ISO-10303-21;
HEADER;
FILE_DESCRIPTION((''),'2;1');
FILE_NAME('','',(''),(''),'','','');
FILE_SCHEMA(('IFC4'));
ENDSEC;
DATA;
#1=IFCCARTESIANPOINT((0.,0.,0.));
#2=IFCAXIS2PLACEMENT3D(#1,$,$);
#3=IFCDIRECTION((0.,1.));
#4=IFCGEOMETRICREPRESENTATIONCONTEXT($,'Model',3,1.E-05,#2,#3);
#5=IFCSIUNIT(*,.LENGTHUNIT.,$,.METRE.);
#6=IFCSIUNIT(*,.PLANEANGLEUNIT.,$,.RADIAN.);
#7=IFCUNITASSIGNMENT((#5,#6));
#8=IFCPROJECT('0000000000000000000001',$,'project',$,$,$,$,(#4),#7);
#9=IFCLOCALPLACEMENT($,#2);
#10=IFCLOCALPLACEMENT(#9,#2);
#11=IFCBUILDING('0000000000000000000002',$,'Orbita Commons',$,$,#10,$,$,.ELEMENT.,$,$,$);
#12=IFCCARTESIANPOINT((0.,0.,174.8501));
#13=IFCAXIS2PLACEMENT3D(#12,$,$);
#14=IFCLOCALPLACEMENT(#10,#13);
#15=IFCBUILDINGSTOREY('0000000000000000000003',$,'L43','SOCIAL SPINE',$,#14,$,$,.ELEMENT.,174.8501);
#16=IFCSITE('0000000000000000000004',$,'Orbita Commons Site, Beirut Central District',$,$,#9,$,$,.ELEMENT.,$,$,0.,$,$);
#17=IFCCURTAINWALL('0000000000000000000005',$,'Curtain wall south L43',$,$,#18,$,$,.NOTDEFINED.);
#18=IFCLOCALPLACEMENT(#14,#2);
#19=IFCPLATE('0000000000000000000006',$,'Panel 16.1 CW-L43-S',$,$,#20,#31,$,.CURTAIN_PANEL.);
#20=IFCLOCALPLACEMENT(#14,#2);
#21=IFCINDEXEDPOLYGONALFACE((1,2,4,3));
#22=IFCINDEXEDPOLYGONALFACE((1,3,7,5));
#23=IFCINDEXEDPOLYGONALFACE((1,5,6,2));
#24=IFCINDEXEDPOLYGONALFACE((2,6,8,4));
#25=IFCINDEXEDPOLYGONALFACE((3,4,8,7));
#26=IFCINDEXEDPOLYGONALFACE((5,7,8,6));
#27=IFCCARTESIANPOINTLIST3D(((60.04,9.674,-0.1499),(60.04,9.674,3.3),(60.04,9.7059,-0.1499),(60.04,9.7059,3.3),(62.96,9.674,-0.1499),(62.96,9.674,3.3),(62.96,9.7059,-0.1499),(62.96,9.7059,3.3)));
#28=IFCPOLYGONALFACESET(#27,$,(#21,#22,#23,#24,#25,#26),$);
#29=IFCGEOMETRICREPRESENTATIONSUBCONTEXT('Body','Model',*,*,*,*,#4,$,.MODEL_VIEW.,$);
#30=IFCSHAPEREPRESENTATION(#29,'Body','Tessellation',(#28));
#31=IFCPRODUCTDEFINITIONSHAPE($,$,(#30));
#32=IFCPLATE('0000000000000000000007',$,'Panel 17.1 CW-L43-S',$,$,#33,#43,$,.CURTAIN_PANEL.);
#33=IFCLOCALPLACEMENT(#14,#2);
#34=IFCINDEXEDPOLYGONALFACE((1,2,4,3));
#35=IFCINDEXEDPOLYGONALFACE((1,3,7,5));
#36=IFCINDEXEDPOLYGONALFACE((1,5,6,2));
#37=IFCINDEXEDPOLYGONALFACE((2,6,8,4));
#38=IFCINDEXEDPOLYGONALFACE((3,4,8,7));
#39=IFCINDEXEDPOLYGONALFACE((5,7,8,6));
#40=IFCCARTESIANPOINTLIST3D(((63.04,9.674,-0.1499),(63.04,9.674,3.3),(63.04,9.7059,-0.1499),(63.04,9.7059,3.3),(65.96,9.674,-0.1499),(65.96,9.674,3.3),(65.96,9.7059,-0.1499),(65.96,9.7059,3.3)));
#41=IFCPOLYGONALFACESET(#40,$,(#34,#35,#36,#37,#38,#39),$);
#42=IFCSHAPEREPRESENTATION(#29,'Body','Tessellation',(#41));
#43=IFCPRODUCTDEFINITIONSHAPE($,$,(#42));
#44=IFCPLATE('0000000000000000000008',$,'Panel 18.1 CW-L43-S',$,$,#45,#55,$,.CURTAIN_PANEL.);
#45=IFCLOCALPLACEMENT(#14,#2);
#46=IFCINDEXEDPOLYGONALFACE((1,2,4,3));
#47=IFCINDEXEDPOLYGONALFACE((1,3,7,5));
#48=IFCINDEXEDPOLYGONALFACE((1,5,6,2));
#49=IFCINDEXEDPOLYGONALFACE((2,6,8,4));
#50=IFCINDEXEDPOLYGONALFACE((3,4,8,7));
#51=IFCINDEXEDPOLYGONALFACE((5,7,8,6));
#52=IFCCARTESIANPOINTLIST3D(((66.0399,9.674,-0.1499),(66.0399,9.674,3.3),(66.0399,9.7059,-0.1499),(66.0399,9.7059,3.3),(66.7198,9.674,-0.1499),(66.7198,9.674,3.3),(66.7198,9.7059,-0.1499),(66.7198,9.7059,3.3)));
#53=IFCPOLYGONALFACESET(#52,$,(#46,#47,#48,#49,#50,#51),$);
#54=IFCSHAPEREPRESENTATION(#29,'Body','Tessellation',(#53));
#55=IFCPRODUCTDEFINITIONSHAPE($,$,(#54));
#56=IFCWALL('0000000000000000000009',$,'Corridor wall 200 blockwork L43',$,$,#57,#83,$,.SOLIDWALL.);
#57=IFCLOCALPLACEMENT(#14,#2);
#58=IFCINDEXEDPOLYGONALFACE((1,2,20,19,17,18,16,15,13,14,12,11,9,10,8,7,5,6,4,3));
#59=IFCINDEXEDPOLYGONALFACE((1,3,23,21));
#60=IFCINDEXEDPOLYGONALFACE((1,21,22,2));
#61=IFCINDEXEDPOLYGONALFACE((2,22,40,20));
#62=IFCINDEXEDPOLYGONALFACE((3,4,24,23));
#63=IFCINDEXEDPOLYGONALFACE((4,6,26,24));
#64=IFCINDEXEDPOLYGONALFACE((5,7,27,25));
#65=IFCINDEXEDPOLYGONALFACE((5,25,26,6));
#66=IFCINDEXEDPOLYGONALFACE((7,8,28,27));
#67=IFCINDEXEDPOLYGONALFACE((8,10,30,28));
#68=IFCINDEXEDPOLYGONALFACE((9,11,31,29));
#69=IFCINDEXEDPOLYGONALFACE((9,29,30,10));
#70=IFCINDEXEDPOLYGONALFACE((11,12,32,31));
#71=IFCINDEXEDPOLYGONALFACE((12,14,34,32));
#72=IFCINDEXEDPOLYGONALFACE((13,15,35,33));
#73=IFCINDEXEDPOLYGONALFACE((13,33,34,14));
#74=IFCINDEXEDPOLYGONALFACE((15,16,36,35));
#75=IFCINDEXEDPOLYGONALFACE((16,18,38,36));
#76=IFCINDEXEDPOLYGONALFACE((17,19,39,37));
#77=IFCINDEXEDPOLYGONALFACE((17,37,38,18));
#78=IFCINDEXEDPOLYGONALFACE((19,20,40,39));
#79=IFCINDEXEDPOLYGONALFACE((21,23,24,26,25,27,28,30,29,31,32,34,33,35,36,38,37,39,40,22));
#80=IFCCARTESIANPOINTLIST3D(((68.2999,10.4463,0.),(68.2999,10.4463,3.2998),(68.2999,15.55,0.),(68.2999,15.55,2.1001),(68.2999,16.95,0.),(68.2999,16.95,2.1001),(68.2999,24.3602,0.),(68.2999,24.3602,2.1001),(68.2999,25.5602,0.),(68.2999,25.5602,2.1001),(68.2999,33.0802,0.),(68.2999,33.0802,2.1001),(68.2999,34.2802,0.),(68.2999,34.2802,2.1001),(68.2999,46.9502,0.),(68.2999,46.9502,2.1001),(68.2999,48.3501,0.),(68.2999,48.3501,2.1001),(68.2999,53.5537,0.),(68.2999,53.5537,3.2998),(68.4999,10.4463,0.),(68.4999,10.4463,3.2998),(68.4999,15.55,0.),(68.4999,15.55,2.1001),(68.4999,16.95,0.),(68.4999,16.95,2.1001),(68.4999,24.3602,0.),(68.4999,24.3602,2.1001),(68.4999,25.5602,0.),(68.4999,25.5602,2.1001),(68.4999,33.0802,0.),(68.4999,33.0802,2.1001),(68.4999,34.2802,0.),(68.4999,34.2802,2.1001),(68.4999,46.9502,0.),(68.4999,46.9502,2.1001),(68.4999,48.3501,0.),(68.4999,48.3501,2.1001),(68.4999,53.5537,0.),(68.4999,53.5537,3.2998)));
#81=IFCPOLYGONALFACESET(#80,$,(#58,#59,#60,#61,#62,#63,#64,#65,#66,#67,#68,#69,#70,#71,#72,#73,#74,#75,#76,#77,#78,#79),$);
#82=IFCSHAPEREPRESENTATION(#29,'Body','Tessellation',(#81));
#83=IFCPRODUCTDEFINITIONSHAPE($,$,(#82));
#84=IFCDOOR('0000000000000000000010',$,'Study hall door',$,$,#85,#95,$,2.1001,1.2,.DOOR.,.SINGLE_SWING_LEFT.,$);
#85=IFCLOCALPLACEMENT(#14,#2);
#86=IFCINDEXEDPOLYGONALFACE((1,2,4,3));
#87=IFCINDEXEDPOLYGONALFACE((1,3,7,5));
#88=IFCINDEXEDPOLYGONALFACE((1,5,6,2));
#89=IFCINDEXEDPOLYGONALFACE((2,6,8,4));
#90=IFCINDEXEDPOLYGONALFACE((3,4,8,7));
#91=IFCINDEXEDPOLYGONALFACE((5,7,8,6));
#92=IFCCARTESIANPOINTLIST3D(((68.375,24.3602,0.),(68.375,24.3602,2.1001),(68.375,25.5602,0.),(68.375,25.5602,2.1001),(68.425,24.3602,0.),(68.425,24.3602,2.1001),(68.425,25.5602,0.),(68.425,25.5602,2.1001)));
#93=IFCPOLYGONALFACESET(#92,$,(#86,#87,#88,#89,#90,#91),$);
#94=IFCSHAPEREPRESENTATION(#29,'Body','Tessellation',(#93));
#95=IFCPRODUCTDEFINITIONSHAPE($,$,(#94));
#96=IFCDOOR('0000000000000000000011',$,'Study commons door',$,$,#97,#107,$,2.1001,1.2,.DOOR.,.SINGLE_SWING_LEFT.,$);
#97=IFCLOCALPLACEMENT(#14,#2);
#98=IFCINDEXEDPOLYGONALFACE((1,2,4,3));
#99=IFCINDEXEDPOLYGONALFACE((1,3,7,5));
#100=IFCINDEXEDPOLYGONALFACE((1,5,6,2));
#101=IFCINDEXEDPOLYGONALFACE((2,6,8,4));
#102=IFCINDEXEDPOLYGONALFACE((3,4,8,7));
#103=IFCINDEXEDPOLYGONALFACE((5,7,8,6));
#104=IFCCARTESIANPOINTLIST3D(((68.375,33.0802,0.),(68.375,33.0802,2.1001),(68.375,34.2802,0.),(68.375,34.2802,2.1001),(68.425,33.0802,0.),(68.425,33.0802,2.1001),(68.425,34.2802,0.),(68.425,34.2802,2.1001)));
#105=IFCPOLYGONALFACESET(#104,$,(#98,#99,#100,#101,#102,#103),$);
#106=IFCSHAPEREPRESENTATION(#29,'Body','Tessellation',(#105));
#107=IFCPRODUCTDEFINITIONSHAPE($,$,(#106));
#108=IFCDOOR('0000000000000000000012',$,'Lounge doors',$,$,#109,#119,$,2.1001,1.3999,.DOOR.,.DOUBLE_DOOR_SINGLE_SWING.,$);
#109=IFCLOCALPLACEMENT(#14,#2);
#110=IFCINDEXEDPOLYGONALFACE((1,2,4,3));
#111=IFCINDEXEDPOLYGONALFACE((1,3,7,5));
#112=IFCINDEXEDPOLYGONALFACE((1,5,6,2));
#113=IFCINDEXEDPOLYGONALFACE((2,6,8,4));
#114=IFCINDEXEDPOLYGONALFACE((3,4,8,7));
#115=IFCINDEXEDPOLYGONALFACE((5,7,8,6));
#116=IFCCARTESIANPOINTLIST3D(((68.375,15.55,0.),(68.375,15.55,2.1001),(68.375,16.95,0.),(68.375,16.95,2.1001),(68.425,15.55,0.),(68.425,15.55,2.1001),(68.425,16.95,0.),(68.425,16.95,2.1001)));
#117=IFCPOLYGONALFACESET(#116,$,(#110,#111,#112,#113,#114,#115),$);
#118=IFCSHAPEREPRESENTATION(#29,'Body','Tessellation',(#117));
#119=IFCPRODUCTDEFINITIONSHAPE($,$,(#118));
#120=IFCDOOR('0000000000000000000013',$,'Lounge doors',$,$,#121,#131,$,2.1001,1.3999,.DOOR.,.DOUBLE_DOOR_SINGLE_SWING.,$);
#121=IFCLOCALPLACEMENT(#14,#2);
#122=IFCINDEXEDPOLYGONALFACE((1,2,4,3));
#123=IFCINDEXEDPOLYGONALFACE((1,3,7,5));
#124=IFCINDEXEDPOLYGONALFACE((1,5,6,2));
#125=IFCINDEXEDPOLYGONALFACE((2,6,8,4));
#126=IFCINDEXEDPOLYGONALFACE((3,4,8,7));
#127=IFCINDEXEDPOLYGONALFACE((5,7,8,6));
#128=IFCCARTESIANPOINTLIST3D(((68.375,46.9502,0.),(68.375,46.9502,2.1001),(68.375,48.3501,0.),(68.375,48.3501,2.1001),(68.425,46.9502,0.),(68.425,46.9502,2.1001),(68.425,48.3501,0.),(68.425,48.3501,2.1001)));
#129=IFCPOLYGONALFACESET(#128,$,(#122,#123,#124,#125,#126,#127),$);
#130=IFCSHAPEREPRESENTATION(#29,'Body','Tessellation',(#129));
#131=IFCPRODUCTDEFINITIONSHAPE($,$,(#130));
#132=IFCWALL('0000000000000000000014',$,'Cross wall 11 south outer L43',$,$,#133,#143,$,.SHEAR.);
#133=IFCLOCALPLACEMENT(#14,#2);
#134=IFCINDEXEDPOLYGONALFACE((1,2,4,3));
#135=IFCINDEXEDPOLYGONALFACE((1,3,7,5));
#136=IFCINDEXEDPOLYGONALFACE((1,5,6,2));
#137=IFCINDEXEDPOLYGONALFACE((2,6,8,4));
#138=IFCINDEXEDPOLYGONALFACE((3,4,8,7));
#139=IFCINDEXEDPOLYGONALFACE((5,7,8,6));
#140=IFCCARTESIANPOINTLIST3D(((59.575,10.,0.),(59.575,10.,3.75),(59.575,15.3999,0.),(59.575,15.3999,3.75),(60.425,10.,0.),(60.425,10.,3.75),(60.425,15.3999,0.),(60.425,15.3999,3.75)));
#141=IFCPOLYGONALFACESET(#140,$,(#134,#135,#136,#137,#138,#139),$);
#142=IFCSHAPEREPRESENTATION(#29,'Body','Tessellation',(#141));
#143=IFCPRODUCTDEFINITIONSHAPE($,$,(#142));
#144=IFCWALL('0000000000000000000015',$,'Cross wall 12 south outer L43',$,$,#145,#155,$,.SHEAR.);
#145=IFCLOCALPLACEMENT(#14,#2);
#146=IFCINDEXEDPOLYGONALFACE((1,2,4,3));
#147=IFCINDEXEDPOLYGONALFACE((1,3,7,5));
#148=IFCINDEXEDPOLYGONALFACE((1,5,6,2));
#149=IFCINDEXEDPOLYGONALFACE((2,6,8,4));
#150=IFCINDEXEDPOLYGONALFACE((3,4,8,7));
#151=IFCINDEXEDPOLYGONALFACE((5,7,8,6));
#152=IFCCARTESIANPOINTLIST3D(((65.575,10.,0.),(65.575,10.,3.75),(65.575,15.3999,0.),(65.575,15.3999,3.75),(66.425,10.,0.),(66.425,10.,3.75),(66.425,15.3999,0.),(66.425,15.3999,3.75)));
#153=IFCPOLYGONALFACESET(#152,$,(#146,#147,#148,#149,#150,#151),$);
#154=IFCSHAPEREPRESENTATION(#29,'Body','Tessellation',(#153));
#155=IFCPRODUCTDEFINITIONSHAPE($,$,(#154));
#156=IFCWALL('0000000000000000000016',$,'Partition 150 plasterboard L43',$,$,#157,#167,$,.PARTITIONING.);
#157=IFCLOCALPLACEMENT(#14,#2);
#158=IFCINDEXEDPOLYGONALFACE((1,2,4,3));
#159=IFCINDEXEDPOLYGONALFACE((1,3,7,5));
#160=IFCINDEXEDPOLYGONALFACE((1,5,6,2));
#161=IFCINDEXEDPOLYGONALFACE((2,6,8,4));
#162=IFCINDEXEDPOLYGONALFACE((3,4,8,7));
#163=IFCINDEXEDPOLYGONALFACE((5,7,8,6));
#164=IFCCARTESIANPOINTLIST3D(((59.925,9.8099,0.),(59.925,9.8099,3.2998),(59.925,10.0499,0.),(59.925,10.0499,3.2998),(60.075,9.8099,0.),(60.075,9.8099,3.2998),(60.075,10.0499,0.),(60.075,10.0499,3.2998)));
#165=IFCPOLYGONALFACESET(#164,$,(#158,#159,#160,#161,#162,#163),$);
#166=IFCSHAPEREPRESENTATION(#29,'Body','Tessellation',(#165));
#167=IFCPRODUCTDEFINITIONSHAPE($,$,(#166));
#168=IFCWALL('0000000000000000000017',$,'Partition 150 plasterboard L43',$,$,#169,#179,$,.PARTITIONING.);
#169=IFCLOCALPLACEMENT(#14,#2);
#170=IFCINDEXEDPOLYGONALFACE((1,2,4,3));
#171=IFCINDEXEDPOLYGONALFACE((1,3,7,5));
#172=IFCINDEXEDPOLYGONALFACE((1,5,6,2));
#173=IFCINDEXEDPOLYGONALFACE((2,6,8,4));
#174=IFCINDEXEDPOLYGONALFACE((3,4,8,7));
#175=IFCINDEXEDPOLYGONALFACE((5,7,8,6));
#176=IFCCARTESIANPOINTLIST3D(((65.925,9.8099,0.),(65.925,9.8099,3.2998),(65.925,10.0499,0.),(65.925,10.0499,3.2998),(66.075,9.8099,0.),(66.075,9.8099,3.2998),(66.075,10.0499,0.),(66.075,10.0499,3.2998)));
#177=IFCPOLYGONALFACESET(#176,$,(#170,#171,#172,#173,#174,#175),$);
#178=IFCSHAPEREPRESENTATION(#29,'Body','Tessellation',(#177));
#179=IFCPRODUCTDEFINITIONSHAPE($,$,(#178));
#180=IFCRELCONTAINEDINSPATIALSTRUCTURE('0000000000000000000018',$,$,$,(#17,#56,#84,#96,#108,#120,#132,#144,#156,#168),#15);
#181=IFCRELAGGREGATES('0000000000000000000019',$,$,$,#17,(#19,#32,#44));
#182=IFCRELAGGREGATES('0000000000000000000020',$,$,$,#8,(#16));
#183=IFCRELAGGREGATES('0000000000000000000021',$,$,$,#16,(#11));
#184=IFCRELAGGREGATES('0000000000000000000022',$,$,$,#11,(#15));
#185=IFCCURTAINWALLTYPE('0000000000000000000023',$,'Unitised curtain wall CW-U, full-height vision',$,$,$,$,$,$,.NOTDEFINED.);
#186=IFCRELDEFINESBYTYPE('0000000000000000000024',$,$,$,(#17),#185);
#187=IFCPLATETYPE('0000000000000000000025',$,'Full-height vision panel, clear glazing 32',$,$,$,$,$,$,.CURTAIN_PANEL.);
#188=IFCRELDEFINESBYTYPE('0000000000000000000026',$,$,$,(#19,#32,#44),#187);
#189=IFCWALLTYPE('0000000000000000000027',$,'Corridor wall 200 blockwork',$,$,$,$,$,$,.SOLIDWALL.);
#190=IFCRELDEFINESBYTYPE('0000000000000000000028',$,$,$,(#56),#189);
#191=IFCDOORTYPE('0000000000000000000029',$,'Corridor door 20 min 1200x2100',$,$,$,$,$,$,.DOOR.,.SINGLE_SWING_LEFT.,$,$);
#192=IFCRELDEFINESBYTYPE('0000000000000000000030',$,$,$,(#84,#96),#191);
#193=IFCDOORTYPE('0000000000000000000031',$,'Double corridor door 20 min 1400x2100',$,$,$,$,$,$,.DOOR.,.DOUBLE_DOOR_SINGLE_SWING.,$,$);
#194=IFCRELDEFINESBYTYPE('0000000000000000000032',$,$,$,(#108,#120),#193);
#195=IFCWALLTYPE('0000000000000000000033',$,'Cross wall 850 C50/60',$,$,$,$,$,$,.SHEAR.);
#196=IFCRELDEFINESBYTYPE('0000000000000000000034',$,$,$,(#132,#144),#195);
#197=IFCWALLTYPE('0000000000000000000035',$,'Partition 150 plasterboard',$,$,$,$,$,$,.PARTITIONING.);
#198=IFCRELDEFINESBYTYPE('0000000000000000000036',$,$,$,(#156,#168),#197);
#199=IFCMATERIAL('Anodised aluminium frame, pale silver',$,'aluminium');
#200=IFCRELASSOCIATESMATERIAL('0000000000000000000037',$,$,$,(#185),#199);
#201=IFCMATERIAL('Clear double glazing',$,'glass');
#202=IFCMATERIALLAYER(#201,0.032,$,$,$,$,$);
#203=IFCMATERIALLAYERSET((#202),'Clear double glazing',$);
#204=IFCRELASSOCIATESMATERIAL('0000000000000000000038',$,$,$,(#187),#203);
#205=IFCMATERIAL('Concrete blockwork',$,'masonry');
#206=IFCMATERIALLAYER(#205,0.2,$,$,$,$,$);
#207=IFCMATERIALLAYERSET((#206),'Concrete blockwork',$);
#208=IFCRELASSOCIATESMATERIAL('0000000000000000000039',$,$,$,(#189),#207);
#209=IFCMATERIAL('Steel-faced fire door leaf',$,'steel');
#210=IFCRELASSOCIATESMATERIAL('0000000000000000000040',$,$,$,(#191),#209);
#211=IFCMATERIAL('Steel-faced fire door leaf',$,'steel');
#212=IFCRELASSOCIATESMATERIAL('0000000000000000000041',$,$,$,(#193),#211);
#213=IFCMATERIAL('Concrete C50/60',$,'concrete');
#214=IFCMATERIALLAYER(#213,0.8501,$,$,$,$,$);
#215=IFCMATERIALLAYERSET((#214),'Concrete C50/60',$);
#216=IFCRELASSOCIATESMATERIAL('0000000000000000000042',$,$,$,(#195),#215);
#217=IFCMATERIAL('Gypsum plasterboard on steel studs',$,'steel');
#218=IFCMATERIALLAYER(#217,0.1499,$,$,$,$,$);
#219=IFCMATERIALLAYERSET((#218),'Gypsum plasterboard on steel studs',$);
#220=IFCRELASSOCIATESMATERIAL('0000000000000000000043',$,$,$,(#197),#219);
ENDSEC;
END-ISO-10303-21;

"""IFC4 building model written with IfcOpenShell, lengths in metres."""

from ifc_helpers import new_model, si_unit, direction, frame, frame_2d, origin, origin_2d, place, context, subcontext, project, spatial, rectangle, extrude, material, layer, layer_set, type_object, element, fill, aggregate, save


model = new_model("IFC4")

# Units and contexts
model_context = context("Model", 3, precision=1e-05, world=origin(), true_north=direction((0.0, 1.0)))
body_context = subcontext(model_context, "Body", "Model", "MODEL_VIEW")
ifc_project = project(units=[si_unit("LENGTHUNIT", "METRE"), si_unit("PLANEANGLEUNIT", "RADIAN")], contexts=[model_context])

# Site, building, storey
site_placement = place(None, origin())
site = spatial("IfcSite", under=ifc_project, at=site_placement, Name="Orbita Commons Site, Beirut Central District", CompositionType="ELEMENT", RefElevation=0.0)
building_placement = place(site_placement, origin())
building = spatial("IfcBuilding", under=site, at=building_placement, Name="Orbita Commons", CompositionType="ELEMENT")
storey_placement = place(building_placement, frame((0.0, 0.0, 174.8501)))
storey = spatial("IfcBuildingStorey", under=building, at=storey_placement, Name="L43", Description="SOCIAL SPINE", CompositionType="ELEMENT", Elevation=174.8501)

# Curtain wall
ifc_material_1 = material(Name="Anodised aluminium frame, pale silver", Category="aluminium")
curtain_wall_type = type_object("IfcCurtainWallType", Name="Unitised curtain wall CW-U, full-height vision", PredefinedType="NOTDEFINED", material=ifc_material_1)
curtain_wall_placement = place(storey_placement, origin())
curtain_wall = element("IfcCurtainWall", 1, at=curtain_wall_placement, inside=storey, type_object=curtain_wall_type, Name="Curtain wall south L43", PredefinedType="NOTDEFINED")

# Plates
ifc_material_2 = material(Name="Clear double glazing", Category="glass")
ifc_layer_1 = layer(ifc_material_2, 0.032)
ifc_layer_set_1 = layer_set([ifc_layer_1], Name="Clear double glazing")
plate_type = type_object("IfcPlateType", Name="Full-height vision panel, clear glazing 32", PredefinedType="CURTAIN_PANEL", material=ifc_layer_set_1)
plate_1_placement = place(storey_placement, frame((61.5, 9.6899, -0.1499), z_axis=(0.0, 0.0, 1.0), x_axis=(1.0, 0.0, 0.0)))
plate_1 = element("IfcPlate", 2, at=plate_1_placement, type_object=plate_type, Name="Panel 16.1 CW-L43-S", PredefinedType="CURTAIN_PANEL", context=body_context, shape_type="SweptSolid", body=[
    extrude(rectangle(XDim=2.9199, YDim=0.032, at=origin_2d()), origin(), (0.0, 0.0, 1.0), 3.45),
])
plate_2_placement = place(storey_placement, frame((64.5, 9.6899, -0.1499), z_axis=(0.0, 0.0, 1.0), x_axis=(1.0, 0.0, 0.0)))
plate_2 = element("IfcPlate", 3, at=plate_2_placement, type_object=plate_type, Name="Panel 17.1 CW-L43-S", PredefinedType="CURTAIN_PANEL", context=body_context, shape_type="SweptSolid", body=[
    extrude(rectangle(XDim=2.9199, YDim=0.032, at=origin_2d()), origin(), (0.0, 0.0, 1.0), 3.45),
])
plate_3_placement = place(storey_placement, frame((66.3799, 9.6899, -0.1499), z_axis=(0.0, 0.0, 1.0), x_axis=(1.0, 0.0, 0.0)))
plate_3 = element("IfcPlate", 4, at=plate_3_placement, type_object=plate_type, Name="Panel 18.1 CW-L43-S", PredefinedType="CURTAIN_PANEL", context=body_context, shape_type="SweptSolid", body=[
    extrude(rectangle(XDim=0.6799, YDim=0.032, at=origin_2d()), origin(), (0.0, 0.0, 1.0), 3.45),
])
aggregate(curtain_wall, [plate_1, plate_2, plate_3])

# Wall, openings, doors
ifc_material_3 = material(Name="Concrete blockwork", Category="masonry")
ifc_layer_2 = layer(ifc_material_3, 0.2)
ifc_layer_set_2 = layer_set([ifc_layer_2], Name="Concrete blockwork")
wall_type_1 = type_object("IfcWallType", Name="Corridor wall 200 blockwork", PredefinedType="SOLIDWALL", material=ifc_layer_set_2)
wall_1_placement = place(storey_placement, frame((68.3999, 10.4463, 0.0), z_axis=(0.0, 0.0, 1.0), x_axis=(0.0, 1.0, 0.0)))
wall_1 = element("IfcWall", 5, at=wall_1_placement, inside=storey, type_object=wall_type_1, Name="Corridor wall 200 blockwork L43", PredefinedType="SOLIDWALL", context=body_context, shape_type="SweptSolid", body=[
    extrude(rectangle(XDim=43.1074, YDim=0.2, at=frame_2d((21.5537, 0.0))), origin(), (0.0, 0.0, 1.0), 3.2998),
])
opening_1_placement = place(wall_1_placement, frame((13.9138, 0.0, 0.0)))
opening_1 = element("IfcOpeningElement", 6, at=opening_1_placement, cuts=wall_1, PredefinedType="OPENING", context=body_context, shape_type="SweptSolid", body=[
    extrude(rectangle(XDim=1.2, YDim=2.1001, at=frame_2d((0.6001, 1.05))), frame((0.0, 0.1099, 0.0), z_axis=(0.0, -1.0, 0.0), x_axis=(1.0, 0.0, 0.0)), (0.0, 0.0, 1.0), 0.22),
])
opening_2_placement = place(wall_1_placement, frame((22.6338, 0.0, 0.0)))
opening_2 = element("IfcOpeningElement", 7, at=opening_2_placement, cuts=wall_1, PredefinedType="OPENING", context=body_context, shape_type="SweptSolid", body=[
    extrude(rectangle(XDim=1.2, YDim=2.1001, at=frame_2d((0.6001, 1.05))), frame((0.0, 0.1099, 0.0), z_axis=(0.0, -1.0, 0.0), x_axis=(1.0, 0.0, 0.0)), (0.0, 0.0, 1.0), 0.22),
])
opening_3_placement = place(wall_1_placement, frame((5.1038, 0.0, 0.0)))
opening_3 = element("IfcOpeningElement", 8, at=opening_3_placement, cuts=wall_1, PredefinedType="OPENING", context=body_context, shape_type="SweptSolid", body=[
    extrude(rectangle(XDim=1.3999, YDim=2.1001, at=frame_2d((0.7, 1.05))), frame((0.0, 0.1099, 0.0), z_axis=(0.0, -1.0, 0.0), x_axis=(1.0, 0.0, 0.0)), (0.0, 0.0, 1.0), 0.22),
])
opening_4_placement = place(wall_1_placement, frame((36.5039, 0.0, 0.0)))
opening_4 = element("IfcOpeningElement", 9, at=opening_4_placement, cuts=wall_1, PredefinedType="OPENING", context=body_context, shape_type="SweptSolid", body=[
    extrude(rectangle(XDim=1.3999, YDim=2.1001, at=frame_2d((0.7, 1.05))), frame((0.0, 0.1099, 0.0), z_axis=(0.0, -1.0, 0.0), x_axis=(1.0, 0.0, 0.0)), (0.0, 0.0, 1.0), 0.22),
])
ifc_material_4 = material(Name="Steel-faced fire door leaf", Category="steel")
door_type_1 = type_object("IfcDoorType", Name="Corridor door 20 min 1200x2100", OperationType="SINGLE_SWING_LEFT", PredefinedType="DOOR", material=ifc_material_4)
door_1_placement = place(opening_1_placement, origin())
door_1 = element("IfcDoor", 10, at=door_1_placement, inside=storey, type_object=door_type_1, Name="Study hall door", OperationType="SINGLE_SWING_LEFT", OverallHeight=2.1001, OverallWidth=1.2, PredefinedType="DOOR", context=body_context, shape_type="SweptSolid", body=[
    extrude(rectangle(XDim=1.2, YDim=2.1001, at=frame_2d((0.6001, 1.05))), frame((0.0, 0.0249, 0.0), z_axis=(0.0, -1.0, 0.0), x_axis=(1.0, 0.0, 0.0)), (0.0, 0.0, 1.0), 0.05),
])
fill(opening_1, door_1)
door_2_placement = place(opening_2_placement, origin())
door_2 = element("IfcDoor", 11, at=door_2_placement, inside=storey, type_object=door_type_1, Name="Study commons door", OperationType="SINGLE_SWING_LEFT", OverallHeight=2.1001, OverallWidth=1.2, PredefinedType="DOOR", context=body_context, shape_type="SweptSolid", body=[
    extrude(rectangle(XDim=1.2, YDim=2.1001, at=frame_2d((0.6001, 1.05))), frame((0.0, 0.0249, 0.0), z_axis=(0.0, -1.0, 0.0), x_axis=(1.0, 0.0, 0.0)), (0.0, 0.0, 1.0), 0.05),
])
fill(opening_2, door_2)
ifc_material_5 = material(Name="Steel-faced fire door leaf", Category="steel")
door_type_2 = type_object("IfcDoorType", Name="Double corridor door 20 min 1400x2100", OperationType="DOUBLE_DOOR_SINGLE_SWING", PredefinedType="DOOR", material=ifc_material_5)
door_3_placement = place(opening_3_placement, origin())
door_3 = element("IfcDoor", 12, at=door_3_placement, inside=storey, type_object=door_type_2, Name="Lounge doors", OperationType="DOUBLE_DOOR_SINGLE_SWING", OverallHeight=2.1001, OverallWidth=1.3999, PredefinedType="DOOR", context=body_context, shape_type="SweptSolid", body=[
    extrude(rectangle(XDim=1.3999, YDim=2.1001, at=frame_2d((0.7, 1.05))), frame((0.0, 0.0249, 0.0), z_axis=(0.0, -1.0, 0.0), x_axis=(1.0, 0.0, 0.0)), (0.0, 0.0, 1.0), 0.05),
])
fill(opening_3, door_3)
door_4_placement = place(opening_4_placement, origin())
door_4 = element("IfcDoor", 13, at=door_4_placement, inside=storey, type_object=door_type_2, Name="Lounge doors", OperationType="DOUBLE_DOOR_SINGLE_SWING", OverallHeight=2.1001, OverallWidth=1.3999, PredefinedType="DOOR", context=body_context, shape_type="SweptSolid", body=[
    extrude(rectangle(XDim=1.3999, YDim=2.1001, at=frame_2d((0.7, 1.05))), frame((0.0, 0.0249, 0.0), z_axis=(0.0, -1.0, 0.0), x_axis=(1.0, 0.0, 0.0)), (0.0, 0.0, 1.0), 0.05),
])
fill(opening_4, door_4)

# Walls
ifc_material_6 = material(Name="Concrete C50/60", Category="concrete")
ifc_layer_3 = layer(ifc_material_6, 0.8501)
ifc_layer_set_3 = layer_set([ifc_layer_3], Name="Concrete C50/60")
wall_type_2 = type_object("IfcWallType", Name="Cross wall 850 C50/60", PredefinedType="SHEAR", material=ifc_layer_set_3)
for number, where, z_axis, x_axis, name in (
    (14, (60.0, 10.0, 0.0), (0.0, 0.0, 1.0), (0.0, 1.0, 0.0), "Cross wall 11 south outer L43"),
    (15, (66.0, 10.0, 0.0), (0.0, 0.0, 1.0), (0.0, 1.0, 0.0), "Cross wall 12 south outer L43"),
):
    element("IfcWall", number, at=place(storey_placement, frame(where, z_axis=z_axis, x_axis=x_axis)), inside=storey, type_object=wall_type_2, Name=name, PredefinedType="SHEAR", context=body_context, shape_type="SweptSolid", body=[
        extrude(rectangle(XDim=5.3999, YDim=0.8501, at=frame_2d((2.7, 0.0))), origin(), (0.0, 0.0, 1.0), 3.75),
    ])
ifc_material_7 = material(Name="Gypsum plasterboard on steel studs", Category="steel")
ifc_layer_4 = layer(ifc_material_7, 0.1499)
ifc_layer_set_4 = layer_set([ifc_layer_4], Name="Gypsum plasterboard on steel studs")
wall_type_3 = type_object("IfcWallType", Name="Partition 150 plasterboard", PredefinedType="PARTITIONING", material=ifc_layer_set_4)
for number, where, z_axis, x_axis, name in (
    (16, (60.0, 10.05, 0.0), (0.0, 0.0, 1.0), (0.0, -1.0, 0.0), "Partition 150 plasterboard L43"),
    (17, (66.0, 10.05, 0.0), (0.0, 0.0, 1.0), (0.0, -1.0, 0.0), "Partition 150 plasterboard L43"),
):
    element("IfcWall", number, at=place(storey_placement, frame(where, z_axis=z_axis, x_axis=x_axis)), inside=storey, type_object=wall_type_3, Name=name, PredefinedType="PARTITIONING", context=body_context, shape_type="SweptSolid", body=[
        extrude(rectangle(XDim=0.24, YDim=0.1499, at=frame_2d((0.1201, 0.0))), origin(), (0.0, 0.0, 1.0), 3.2998),
    ])

save(model, "model.ifc")
